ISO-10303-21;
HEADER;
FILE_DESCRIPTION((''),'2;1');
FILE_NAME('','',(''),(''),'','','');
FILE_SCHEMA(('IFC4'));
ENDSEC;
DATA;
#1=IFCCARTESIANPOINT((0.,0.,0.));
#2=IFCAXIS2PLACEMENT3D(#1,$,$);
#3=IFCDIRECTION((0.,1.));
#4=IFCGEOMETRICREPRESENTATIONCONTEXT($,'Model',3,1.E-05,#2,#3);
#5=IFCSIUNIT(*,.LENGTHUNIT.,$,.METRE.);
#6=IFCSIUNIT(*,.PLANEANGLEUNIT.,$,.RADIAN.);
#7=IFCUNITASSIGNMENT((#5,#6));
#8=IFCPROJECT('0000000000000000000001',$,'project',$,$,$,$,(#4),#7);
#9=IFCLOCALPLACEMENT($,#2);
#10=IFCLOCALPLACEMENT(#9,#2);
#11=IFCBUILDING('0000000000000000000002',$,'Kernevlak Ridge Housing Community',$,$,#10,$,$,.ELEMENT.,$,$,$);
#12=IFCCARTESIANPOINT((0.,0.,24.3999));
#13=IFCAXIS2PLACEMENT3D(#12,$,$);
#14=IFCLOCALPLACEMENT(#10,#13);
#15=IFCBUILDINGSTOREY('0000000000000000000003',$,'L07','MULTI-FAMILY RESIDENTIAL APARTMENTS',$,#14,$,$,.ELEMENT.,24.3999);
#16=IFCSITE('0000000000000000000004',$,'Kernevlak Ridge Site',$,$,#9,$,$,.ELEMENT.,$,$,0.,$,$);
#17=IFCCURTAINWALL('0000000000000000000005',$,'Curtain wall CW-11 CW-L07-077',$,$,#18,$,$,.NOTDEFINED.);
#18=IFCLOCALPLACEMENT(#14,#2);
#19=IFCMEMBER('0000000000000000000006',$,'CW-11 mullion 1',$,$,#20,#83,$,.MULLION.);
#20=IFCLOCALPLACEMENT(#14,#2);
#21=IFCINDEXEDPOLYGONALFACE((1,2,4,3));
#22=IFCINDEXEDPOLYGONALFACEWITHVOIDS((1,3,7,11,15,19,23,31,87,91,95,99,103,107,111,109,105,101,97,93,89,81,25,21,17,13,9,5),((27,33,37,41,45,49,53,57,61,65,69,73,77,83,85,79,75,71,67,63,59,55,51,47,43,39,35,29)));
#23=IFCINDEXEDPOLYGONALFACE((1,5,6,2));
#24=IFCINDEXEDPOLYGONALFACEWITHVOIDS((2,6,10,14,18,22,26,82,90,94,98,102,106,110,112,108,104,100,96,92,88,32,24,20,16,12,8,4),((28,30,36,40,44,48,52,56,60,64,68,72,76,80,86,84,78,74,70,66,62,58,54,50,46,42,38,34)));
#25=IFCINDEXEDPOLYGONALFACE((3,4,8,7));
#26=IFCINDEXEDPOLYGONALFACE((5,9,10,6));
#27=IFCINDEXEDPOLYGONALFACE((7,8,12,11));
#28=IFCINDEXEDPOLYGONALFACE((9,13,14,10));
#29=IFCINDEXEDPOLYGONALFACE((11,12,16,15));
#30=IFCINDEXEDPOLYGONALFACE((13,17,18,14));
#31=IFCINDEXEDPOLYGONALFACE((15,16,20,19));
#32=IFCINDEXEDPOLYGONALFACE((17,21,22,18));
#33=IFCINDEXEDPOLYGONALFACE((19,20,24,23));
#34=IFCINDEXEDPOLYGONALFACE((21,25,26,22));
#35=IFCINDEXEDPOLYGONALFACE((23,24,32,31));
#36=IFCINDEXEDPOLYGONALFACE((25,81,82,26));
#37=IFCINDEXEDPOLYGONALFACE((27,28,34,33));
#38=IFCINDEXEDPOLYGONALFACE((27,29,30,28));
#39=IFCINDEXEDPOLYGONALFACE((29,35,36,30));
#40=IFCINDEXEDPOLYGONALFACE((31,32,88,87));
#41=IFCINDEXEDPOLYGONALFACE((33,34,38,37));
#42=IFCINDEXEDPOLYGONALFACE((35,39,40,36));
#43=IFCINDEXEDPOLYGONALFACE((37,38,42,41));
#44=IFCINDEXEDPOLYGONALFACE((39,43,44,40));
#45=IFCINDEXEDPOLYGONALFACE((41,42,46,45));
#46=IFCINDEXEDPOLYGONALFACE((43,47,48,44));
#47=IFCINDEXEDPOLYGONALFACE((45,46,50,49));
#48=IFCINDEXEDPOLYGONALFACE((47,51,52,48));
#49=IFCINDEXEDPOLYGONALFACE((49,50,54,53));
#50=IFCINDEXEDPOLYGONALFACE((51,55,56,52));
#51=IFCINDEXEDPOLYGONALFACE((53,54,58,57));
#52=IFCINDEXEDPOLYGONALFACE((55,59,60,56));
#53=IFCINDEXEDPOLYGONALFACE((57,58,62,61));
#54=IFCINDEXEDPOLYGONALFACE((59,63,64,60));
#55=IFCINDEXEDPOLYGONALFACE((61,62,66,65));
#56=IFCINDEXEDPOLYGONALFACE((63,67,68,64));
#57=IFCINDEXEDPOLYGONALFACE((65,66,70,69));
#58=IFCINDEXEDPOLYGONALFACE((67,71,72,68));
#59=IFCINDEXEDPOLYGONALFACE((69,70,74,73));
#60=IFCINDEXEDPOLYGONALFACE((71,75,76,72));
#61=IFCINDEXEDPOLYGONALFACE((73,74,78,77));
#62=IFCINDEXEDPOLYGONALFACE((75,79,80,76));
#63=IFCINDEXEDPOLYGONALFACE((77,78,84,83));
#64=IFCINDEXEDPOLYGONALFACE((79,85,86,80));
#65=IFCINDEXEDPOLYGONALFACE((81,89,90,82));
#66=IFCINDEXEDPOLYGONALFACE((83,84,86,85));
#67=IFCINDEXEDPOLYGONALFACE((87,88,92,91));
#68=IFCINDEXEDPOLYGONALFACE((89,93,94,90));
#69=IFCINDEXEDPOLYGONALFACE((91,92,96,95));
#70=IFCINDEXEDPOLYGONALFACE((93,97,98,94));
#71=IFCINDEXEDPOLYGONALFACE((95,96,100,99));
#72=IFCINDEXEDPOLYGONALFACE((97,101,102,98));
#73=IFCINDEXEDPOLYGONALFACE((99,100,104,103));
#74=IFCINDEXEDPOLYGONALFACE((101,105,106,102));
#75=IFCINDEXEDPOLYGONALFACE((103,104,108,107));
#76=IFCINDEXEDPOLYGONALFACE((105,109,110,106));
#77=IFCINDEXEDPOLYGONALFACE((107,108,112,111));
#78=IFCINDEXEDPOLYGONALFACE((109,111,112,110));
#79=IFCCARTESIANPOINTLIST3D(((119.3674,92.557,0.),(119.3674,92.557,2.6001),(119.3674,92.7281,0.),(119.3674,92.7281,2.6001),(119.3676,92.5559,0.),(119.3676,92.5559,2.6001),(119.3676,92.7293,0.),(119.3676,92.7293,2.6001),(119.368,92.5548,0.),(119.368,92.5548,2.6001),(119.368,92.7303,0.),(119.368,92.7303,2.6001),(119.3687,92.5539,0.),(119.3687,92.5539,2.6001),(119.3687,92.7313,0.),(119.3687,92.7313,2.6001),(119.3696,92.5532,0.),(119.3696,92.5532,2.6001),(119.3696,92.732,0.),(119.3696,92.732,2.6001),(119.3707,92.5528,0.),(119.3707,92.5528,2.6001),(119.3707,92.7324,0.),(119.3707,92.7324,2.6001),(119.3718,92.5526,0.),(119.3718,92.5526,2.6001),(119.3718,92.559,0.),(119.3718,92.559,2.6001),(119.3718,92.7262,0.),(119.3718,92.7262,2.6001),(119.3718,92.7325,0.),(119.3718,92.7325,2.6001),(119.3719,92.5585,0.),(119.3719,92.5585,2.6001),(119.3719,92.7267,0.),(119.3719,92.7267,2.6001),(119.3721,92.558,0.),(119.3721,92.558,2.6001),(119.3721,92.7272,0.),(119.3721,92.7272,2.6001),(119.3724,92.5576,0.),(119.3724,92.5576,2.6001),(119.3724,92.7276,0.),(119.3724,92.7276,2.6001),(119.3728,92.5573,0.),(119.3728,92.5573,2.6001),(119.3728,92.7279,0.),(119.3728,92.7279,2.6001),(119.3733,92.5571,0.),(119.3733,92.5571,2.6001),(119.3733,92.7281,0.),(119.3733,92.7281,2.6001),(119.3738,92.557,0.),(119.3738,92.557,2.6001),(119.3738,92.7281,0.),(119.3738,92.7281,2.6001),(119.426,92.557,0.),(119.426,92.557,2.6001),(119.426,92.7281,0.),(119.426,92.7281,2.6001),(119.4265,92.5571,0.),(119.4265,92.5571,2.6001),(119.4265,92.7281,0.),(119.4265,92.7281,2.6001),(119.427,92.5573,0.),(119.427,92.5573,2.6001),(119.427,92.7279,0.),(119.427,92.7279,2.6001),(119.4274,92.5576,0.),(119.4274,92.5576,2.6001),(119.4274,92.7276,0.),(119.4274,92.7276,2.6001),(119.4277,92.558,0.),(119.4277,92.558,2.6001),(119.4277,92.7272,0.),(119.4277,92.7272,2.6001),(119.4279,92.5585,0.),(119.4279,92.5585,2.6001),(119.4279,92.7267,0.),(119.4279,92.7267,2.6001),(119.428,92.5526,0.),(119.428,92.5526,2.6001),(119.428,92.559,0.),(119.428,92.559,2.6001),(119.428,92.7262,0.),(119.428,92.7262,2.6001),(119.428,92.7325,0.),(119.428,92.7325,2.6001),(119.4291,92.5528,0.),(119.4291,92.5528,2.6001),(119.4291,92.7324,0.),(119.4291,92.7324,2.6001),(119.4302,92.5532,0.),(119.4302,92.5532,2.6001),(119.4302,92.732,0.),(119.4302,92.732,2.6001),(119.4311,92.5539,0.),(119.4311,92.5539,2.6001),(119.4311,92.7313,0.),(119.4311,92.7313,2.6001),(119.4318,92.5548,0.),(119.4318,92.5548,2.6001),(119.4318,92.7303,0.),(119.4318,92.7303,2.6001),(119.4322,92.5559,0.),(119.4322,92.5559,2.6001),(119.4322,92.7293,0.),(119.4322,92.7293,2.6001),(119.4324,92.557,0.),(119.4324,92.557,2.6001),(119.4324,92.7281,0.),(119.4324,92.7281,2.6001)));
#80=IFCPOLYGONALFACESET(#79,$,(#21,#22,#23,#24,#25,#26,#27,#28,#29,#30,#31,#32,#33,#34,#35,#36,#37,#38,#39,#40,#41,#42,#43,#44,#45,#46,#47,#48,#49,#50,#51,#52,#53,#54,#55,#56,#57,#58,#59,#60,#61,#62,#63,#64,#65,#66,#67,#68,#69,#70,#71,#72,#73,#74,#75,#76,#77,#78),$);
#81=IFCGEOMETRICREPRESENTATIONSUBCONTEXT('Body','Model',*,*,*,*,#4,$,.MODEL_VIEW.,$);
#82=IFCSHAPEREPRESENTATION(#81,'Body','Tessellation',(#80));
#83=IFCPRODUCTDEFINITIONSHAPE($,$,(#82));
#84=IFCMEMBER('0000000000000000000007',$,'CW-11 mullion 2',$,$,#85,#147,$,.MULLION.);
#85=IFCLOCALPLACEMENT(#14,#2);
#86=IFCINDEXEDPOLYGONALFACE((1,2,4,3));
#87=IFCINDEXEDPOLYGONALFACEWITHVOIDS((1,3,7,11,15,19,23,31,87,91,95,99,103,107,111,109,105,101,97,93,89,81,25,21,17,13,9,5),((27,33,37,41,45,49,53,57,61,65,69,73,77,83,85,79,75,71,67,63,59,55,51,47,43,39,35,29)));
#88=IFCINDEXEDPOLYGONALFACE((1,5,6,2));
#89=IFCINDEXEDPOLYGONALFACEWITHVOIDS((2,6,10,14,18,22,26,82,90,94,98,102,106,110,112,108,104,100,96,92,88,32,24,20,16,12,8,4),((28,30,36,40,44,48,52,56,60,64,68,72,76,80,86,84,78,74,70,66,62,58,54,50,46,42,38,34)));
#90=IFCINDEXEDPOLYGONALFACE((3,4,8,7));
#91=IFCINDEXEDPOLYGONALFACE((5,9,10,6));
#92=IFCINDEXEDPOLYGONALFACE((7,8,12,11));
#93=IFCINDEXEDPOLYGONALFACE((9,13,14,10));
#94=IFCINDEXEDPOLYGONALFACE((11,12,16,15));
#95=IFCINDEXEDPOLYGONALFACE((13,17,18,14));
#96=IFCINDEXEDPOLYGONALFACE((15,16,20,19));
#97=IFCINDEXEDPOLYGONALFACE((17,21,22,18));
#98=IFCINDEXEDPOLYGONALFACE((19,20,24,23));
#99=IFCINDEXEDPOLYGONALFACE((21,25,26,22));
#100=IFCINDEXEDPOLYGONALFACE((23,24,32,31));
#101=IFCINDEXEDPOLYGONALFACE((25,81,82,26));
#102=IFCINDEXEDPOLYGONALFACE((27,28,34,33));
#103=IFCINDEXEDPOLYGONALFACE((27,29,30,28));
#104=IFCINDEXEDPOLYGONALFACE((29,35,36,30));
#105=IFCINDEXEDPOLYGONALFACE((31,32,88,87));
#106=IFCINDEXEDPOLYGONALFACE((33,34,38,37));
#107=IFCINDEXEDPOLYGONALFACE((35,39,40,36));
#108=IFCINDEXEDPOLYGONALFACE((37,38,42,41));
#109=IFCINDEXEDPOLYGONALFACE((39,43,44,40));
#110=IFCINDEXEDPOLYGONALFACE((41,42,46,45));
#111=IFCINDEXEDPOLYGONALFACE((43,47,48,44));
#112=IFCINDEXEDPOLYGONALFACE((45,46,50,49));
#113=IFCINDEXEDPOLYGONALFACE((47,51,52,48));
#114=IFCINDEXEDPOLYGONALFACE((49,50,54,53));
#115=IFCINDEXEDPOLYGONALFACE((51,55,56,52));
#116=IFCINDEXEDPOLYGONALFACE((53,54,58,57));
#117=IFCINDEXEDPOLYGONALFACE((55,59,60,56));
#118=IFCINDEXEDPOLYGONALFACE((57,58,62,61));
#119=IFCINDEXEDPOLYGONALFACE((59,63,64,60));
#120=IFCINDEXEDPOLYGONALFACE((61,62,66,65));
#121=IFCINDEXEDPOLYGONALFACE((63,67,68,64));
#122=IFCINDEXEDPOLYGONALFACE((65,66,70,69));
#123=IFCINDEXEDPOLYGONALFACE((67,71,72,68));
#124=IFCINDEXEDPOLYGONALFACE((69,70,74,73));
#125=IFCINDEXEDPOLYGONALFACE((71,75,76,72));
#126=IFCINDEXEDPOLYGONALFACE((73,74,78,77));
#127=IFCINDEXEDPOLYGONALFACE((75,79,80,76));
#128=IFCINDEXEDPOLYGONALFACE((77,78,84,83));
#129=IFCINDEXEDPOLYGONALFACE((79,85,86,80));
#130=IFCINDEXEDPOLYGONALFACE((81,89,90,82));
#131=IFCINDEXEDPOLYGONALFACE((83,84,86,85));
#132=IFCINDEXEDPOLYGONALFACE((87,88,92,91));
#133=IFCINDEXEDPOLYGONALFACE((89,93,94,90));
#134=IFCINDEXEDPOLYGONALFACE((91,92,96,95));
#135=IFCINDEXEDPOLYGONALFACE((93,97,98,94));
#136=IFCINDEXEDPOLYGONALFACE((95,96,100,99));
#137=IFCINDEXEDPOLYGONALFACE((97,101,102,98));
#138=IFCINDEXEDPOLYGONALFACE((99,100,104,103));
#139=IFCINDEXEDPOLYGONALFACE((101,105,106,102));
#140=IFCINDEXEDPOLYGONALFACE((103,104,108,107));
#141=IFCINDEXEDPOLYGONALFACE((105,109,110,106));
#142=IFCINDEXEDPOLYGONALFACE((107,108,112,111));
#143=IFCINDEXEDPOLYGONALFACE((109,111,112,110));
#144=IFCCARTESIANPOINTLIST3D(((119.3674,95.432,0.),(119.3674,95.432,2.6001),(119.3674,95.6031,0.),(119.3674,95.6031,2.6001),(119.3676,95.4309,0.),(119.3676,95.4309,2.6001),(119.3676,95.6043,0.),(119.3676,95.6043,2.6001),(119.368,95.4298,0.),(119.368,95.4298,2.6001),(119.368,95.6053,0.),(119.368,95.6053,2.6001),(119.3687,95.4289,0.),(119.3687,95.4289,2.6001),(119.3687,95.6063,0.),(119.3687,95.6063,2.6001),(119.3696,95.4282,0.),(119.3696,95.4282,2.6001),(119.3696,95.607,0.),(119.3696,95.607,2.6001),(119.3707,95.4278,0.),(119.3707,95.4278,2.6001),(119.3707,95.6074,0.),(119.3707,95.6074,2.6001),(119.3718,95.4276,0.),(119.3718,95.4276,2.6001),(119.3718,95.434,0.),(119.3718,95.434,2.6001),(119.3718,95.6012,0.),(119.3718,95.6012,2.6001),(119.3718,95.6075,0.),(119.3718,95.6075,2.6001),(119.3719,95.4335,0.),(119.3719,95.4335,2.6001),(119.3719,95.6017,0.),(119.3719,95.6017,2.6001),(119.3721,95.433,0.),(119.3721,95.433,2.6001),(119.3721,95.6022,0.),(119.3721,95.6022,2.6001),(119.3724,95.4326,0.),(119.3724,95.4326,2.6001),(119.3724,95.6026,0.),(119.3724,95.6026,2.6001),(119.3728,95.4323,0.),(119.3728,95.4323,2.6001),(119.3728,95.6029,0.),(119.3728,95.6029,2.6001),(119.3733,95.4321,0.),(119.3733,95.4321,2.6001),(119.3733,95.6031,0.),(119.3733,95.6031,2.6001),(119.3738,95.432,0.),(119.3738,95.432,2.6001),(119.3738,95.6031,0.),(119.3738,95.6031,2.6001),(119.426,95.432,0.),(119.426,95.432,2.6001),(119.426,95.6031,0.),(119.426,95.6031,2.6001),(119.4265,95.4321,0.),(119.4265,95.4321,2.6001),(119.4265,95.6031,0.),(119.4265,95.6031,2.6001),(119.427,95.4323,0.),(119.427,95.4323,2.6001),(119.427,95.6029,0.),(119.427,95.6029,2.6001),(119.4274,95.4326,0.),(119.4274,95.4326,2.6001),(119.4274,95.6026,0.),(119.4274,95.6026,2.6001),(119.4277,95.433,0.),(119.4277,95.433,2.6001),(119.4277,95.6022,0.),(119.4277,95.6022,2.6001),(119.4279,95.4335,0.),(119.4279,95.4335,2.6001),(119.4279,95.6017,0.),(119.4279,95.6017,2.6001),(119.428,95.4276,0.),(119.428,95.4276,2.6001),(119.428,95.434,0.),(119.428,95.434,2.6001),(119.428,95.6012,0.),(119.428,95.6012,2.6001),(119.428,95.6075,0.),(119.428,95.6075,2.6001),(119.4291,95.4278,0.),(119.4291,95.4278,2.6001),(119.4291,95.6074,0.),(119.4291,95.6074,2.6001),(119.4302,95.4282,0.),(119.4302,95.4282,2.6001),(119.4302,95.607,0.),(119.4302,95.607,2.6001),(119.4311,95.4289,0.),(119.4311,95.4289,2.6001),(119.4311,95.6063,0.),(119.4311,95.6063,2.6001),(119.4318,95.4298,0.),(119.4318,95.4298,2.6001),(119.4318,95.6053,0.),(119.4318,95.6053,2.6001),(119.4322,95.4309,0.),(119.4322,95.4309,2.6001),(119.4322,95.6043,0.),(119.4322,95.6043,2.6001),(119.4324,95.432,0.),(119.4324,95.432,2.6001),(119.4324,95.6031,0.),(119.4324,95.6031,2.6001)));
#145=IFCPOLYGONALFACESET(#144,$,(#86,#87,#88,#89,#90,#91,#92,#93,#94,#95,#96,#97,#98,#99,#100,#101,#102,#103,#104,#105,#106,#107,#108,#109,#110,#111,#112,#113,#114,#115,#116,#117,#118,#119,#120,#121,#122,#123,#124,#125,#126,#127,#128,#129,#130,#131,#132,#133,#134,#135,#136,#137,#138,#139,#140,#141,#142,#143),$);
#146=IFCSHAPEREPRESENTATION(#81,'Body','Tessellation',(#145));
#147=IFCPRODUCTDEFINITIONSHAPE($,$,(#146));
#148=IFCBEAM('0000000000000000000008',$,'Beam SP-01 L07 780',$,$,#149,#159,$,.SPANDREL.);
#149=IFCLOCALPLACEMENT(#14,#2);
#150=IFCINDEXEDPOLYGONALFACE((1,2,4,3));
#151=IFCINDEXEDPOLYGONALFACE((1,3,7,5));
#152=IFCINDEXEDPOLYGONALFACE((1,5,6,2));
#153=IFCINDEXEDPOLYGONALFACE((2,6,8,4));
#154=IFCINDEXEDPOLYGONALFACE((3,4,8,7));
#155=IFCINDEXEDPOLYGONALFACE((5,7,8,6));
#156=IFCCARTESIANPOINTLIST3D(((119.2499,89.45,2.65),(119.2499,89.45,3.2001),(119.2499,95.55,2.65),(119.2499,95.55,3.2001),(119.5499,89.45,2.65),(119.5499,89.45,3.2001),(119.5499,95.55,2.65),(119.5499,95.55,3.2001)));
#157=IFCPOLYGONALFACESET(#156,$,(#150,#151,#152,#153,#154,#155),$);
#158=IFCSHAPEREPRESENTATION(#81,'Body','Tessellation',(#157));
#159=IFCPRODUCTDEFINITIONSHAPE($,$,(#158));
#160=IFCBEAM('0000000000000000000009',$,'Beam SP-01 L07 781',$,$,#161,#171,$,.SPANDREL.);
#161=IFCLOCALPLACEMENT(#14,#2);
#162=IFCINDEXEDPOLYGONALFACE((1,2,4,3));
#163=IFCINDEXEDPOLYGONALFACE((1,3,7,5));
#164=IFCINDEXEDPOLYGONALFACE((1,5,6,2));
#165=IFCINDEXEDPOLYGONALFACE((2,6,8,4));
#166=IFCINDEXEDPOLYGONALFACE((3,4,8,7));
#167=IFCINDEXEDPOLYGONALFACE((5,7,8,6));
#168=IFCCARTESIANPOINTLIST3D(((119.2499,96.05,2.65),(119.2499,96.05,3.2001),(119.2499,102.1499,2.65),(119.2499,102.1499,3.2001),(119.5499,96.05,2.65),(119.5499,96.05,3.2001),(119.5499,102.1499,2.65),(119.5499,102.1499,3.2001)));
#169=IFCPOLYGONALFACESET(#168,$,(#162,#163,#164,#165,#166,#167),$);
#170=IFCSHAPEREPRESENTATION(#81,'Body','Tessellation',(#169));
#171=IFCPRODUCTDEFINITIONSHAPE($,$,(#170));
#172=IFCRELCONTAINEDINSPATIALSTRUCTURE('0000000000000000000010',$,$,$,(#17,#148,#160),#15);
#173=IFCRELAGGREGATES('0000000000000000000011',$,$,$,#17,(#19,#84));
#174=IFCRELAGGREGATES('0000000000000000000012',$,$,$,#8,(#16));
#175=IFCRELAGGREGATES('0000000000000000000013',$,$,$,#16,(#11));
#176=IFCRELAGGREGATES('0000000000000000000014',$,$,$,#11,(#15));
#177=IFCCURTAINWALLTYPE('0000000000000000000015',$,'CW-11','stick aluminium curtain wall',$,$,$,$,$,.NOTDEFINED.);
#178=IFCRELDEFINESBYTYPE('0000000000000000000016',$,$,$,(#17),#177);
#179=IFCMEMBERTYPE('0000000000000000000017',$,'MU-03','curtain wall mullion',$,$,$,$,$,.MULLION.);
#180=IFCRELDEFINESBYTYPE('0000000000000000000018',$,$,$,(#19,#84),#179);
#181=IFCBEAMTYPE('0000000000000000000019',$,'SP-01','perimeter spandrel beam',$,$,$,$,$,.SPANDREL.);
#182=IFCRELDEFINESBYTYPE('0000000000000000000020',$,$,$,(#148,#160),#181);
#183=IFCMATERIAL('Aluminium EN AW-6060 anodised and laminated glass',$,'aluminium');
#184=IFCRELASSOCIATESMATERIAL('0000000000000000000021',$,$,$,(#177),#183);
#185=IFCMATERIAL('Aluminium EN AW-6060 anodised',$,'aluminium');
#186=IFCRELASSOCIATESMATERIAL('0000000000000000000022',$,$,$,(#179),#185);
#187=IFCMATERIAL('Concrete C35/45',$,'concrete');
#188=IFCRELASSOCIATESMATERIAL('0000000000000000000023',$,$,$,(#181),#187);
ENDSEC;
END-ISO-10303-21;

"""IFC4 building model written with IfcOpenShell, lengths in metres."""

from ifc_helpers import new_model, si_unit, direction, frame, origin, origin_2d, place, context, subcontext, project, spatial, rectangle, hollow_rectangle, extrude, material, material_profile, profile_set, type_object, element, aggregate, save


model = new_model("IFC4")

# Units and contexts
model_context = context("Model", 3, precision=1e-05, world=origin(), true_north=direction((0.0, 1.0)))
body_context = subcontext(model_context, "Body", "Model", "MODEL_VIEW")
ifc_project = project(units=[si_unit("LENGTHUNIT", "METRE"), si_unit("PLANEANGLEUNIT", "RADIAN")], contexts=[model_context])

# Site, building, storey
site_placement = place(None, origin())
site = spatial("IfcSite", under=ifc_project, at=site_placement, Name="Kernevlak Ridge Site", CompositionType="ELEMENT", RefElevation=0.0)
building_placement = place(site_placement, origin())
building = spatial("IfcBuilding", under=site, at=building_placement, Name="Kernevlak Ridge Housing Community", CompositionType="ELEMENT")
storey_placement = place(building_placement, frame((0.0, 0.0, 24.3999)))
storey = spatial("IfcBuildingStorey", under=building, at=storey_placement, Name="L07", Description="MULTI-FAMILY RESIDENTIAL APARTMENTS", CompositionType="ELEMENT", Elevation=24.3999)

# Curtain wall, members
ifc_material_1 = material(Name="Aluminium EN AW-6060 anodised and laminated glass", Category="aluminium")
ifc_material_2 = material(Name="Aluminium EN AW-6060 anodised", Category="aluminium")
curtain_wall_type_1 = type_object("IfcCurtainWallType", Name="CW-11", Description="stick aluminium curtain wall", PredefinedType="NOTDEFINED", material=ifc_material_1)
curtain_wall_1_placement = place(storey_placement, origin())
curtain_wall_1 = element("IfcCurtainWall", 1, at=curtain_wall_1_placement, inside=storey, type_object=curtain_wall_type_1, Name="Curtain wall CW-11 CW-L07-077", PredefinedType="NOTDEFINED")
ifc_material_profile_1 = material_profile(ifc_material_2, hollow_rectangle(XDim=0.0649, YDim=0.1799, WallThickness=0.0044, InnerFilletRadius=0.002, OuterFilletRadius=0.0044, at=origin_2d()), Name="ALU 65x180x4.5")
ifc_profile_set_1 = profile_set([ifc_material_profile_1], Name="Aluminium EN AW-6060 anodised")
member_type_1 = type_object("IfcMemberType", Name="MU-03", Description="curtain wall mullion", PredefinedType="MULLION", material=ifc_profile_set_1)
member_1_placement = place(storey_placement, frame((119.3999, 92.6426, 0.0), z_axis=(0.0, 0.0, 1.0), x_axis=(-1.0, 0.0, 0.0)))
member_1 = element("IfcMember", 2, at=member_1_placement, type_object=member_type_1, Name="CW-11 mullion 1", PredefinedType="MULLION", context=body_context, shape_type="SweptSolid", body=[
    extrude(hollow_rectangle(XDim=0.0649, YDim=0.1799, WallThickness=0.0044, InnerFilletRadius=0.002, OuterFilletRadius=0.0044, at=origin_2d()), origin(), (0.0, 0.0, 1.0), 2.6001),
])
member_2_placement = place(storey_placement, frame((119.3999, 95.5176, 0.0), z_axis=(0.0, 0.0, 1.0), x_axis=(-1.0, 0.0, 0.0)))
member_2 = element("IfcMember", 3, at=member_2_placement, type_object=member_type_1, Name="CW-11 mullion 2", PredefinedType="MULLION", context=body_context, shape_type="SweptSolid", body=[
    extrude(hollow_rectangle(XDim=0.0649, YDim=0.1799, WallThickness=0.0044, InnerFilletRadius=0.002, OuterFilletRadius=0.0044, at=origin_2d()), origin(), (0.0, 0.0, 1.0), 2.6001),
])

# Beams
ifc_material_3 = material(Name="Concrete C35/45", Category="concrete")
ifc_material_profile_2 = material_profile(ifc_material_3, rectangle(XDim=0.3, YDim=0.55, at=origin_2d()), Name="RC 300x550")
ifc_profile_set_2 = profile_set([ifc_material_profile_2], Name="Concrete C35/45")
beam_type = type_object("IfcBeamType", Name="SP-01", Description="perimeter spandrel beam", PredefinedType="SPANDREL", material=ifc_profile_set_2)
beam_1_placement = place(storey_placement, frame((119.3999, 89.45, 2.925), z_axis=(0.0, 1.0, 0.0), x_axis=(-1.0, 0.0, 0.0)))
element("IfcBeam", 4, at=beam_1_placement, inside=storey, type_object=beam_type, Name="Beam SP-01 L07 780", PredefinedType="SPANDREL", context=body_context, shape_type="SweptSolid", body=[
    extrude(rectangle(XDim=0.3, YDim=0.55, at=origin_2d()), origin(), (0.0, 0.0, 1.0), 6.1001),
])
beam_2_placement = place(storey_placement, frame((119.3999, 96.05, 2.925), z_axis=(0.0, 1.0, 0.0), x_axis=(-1.0, 0.0, 0.0)))
element("IfcBeam", 5, at=beam_2_placement, inside=storey, type_object=beam_type, Name="Beam SP-01 L07 781", PredefinedType="SPANDREL", context=body_context, shape_type="SweptSolid", body=[
    extrude(rectangle(XDim=0.3, YDim=0.55, at=origin_2d()), origin(), (0.0, 0.0, 1.0), 6.0999),
])

aggregate(curtain_wall_1, [member_1, member_2])

save(model, "model.ifc")
